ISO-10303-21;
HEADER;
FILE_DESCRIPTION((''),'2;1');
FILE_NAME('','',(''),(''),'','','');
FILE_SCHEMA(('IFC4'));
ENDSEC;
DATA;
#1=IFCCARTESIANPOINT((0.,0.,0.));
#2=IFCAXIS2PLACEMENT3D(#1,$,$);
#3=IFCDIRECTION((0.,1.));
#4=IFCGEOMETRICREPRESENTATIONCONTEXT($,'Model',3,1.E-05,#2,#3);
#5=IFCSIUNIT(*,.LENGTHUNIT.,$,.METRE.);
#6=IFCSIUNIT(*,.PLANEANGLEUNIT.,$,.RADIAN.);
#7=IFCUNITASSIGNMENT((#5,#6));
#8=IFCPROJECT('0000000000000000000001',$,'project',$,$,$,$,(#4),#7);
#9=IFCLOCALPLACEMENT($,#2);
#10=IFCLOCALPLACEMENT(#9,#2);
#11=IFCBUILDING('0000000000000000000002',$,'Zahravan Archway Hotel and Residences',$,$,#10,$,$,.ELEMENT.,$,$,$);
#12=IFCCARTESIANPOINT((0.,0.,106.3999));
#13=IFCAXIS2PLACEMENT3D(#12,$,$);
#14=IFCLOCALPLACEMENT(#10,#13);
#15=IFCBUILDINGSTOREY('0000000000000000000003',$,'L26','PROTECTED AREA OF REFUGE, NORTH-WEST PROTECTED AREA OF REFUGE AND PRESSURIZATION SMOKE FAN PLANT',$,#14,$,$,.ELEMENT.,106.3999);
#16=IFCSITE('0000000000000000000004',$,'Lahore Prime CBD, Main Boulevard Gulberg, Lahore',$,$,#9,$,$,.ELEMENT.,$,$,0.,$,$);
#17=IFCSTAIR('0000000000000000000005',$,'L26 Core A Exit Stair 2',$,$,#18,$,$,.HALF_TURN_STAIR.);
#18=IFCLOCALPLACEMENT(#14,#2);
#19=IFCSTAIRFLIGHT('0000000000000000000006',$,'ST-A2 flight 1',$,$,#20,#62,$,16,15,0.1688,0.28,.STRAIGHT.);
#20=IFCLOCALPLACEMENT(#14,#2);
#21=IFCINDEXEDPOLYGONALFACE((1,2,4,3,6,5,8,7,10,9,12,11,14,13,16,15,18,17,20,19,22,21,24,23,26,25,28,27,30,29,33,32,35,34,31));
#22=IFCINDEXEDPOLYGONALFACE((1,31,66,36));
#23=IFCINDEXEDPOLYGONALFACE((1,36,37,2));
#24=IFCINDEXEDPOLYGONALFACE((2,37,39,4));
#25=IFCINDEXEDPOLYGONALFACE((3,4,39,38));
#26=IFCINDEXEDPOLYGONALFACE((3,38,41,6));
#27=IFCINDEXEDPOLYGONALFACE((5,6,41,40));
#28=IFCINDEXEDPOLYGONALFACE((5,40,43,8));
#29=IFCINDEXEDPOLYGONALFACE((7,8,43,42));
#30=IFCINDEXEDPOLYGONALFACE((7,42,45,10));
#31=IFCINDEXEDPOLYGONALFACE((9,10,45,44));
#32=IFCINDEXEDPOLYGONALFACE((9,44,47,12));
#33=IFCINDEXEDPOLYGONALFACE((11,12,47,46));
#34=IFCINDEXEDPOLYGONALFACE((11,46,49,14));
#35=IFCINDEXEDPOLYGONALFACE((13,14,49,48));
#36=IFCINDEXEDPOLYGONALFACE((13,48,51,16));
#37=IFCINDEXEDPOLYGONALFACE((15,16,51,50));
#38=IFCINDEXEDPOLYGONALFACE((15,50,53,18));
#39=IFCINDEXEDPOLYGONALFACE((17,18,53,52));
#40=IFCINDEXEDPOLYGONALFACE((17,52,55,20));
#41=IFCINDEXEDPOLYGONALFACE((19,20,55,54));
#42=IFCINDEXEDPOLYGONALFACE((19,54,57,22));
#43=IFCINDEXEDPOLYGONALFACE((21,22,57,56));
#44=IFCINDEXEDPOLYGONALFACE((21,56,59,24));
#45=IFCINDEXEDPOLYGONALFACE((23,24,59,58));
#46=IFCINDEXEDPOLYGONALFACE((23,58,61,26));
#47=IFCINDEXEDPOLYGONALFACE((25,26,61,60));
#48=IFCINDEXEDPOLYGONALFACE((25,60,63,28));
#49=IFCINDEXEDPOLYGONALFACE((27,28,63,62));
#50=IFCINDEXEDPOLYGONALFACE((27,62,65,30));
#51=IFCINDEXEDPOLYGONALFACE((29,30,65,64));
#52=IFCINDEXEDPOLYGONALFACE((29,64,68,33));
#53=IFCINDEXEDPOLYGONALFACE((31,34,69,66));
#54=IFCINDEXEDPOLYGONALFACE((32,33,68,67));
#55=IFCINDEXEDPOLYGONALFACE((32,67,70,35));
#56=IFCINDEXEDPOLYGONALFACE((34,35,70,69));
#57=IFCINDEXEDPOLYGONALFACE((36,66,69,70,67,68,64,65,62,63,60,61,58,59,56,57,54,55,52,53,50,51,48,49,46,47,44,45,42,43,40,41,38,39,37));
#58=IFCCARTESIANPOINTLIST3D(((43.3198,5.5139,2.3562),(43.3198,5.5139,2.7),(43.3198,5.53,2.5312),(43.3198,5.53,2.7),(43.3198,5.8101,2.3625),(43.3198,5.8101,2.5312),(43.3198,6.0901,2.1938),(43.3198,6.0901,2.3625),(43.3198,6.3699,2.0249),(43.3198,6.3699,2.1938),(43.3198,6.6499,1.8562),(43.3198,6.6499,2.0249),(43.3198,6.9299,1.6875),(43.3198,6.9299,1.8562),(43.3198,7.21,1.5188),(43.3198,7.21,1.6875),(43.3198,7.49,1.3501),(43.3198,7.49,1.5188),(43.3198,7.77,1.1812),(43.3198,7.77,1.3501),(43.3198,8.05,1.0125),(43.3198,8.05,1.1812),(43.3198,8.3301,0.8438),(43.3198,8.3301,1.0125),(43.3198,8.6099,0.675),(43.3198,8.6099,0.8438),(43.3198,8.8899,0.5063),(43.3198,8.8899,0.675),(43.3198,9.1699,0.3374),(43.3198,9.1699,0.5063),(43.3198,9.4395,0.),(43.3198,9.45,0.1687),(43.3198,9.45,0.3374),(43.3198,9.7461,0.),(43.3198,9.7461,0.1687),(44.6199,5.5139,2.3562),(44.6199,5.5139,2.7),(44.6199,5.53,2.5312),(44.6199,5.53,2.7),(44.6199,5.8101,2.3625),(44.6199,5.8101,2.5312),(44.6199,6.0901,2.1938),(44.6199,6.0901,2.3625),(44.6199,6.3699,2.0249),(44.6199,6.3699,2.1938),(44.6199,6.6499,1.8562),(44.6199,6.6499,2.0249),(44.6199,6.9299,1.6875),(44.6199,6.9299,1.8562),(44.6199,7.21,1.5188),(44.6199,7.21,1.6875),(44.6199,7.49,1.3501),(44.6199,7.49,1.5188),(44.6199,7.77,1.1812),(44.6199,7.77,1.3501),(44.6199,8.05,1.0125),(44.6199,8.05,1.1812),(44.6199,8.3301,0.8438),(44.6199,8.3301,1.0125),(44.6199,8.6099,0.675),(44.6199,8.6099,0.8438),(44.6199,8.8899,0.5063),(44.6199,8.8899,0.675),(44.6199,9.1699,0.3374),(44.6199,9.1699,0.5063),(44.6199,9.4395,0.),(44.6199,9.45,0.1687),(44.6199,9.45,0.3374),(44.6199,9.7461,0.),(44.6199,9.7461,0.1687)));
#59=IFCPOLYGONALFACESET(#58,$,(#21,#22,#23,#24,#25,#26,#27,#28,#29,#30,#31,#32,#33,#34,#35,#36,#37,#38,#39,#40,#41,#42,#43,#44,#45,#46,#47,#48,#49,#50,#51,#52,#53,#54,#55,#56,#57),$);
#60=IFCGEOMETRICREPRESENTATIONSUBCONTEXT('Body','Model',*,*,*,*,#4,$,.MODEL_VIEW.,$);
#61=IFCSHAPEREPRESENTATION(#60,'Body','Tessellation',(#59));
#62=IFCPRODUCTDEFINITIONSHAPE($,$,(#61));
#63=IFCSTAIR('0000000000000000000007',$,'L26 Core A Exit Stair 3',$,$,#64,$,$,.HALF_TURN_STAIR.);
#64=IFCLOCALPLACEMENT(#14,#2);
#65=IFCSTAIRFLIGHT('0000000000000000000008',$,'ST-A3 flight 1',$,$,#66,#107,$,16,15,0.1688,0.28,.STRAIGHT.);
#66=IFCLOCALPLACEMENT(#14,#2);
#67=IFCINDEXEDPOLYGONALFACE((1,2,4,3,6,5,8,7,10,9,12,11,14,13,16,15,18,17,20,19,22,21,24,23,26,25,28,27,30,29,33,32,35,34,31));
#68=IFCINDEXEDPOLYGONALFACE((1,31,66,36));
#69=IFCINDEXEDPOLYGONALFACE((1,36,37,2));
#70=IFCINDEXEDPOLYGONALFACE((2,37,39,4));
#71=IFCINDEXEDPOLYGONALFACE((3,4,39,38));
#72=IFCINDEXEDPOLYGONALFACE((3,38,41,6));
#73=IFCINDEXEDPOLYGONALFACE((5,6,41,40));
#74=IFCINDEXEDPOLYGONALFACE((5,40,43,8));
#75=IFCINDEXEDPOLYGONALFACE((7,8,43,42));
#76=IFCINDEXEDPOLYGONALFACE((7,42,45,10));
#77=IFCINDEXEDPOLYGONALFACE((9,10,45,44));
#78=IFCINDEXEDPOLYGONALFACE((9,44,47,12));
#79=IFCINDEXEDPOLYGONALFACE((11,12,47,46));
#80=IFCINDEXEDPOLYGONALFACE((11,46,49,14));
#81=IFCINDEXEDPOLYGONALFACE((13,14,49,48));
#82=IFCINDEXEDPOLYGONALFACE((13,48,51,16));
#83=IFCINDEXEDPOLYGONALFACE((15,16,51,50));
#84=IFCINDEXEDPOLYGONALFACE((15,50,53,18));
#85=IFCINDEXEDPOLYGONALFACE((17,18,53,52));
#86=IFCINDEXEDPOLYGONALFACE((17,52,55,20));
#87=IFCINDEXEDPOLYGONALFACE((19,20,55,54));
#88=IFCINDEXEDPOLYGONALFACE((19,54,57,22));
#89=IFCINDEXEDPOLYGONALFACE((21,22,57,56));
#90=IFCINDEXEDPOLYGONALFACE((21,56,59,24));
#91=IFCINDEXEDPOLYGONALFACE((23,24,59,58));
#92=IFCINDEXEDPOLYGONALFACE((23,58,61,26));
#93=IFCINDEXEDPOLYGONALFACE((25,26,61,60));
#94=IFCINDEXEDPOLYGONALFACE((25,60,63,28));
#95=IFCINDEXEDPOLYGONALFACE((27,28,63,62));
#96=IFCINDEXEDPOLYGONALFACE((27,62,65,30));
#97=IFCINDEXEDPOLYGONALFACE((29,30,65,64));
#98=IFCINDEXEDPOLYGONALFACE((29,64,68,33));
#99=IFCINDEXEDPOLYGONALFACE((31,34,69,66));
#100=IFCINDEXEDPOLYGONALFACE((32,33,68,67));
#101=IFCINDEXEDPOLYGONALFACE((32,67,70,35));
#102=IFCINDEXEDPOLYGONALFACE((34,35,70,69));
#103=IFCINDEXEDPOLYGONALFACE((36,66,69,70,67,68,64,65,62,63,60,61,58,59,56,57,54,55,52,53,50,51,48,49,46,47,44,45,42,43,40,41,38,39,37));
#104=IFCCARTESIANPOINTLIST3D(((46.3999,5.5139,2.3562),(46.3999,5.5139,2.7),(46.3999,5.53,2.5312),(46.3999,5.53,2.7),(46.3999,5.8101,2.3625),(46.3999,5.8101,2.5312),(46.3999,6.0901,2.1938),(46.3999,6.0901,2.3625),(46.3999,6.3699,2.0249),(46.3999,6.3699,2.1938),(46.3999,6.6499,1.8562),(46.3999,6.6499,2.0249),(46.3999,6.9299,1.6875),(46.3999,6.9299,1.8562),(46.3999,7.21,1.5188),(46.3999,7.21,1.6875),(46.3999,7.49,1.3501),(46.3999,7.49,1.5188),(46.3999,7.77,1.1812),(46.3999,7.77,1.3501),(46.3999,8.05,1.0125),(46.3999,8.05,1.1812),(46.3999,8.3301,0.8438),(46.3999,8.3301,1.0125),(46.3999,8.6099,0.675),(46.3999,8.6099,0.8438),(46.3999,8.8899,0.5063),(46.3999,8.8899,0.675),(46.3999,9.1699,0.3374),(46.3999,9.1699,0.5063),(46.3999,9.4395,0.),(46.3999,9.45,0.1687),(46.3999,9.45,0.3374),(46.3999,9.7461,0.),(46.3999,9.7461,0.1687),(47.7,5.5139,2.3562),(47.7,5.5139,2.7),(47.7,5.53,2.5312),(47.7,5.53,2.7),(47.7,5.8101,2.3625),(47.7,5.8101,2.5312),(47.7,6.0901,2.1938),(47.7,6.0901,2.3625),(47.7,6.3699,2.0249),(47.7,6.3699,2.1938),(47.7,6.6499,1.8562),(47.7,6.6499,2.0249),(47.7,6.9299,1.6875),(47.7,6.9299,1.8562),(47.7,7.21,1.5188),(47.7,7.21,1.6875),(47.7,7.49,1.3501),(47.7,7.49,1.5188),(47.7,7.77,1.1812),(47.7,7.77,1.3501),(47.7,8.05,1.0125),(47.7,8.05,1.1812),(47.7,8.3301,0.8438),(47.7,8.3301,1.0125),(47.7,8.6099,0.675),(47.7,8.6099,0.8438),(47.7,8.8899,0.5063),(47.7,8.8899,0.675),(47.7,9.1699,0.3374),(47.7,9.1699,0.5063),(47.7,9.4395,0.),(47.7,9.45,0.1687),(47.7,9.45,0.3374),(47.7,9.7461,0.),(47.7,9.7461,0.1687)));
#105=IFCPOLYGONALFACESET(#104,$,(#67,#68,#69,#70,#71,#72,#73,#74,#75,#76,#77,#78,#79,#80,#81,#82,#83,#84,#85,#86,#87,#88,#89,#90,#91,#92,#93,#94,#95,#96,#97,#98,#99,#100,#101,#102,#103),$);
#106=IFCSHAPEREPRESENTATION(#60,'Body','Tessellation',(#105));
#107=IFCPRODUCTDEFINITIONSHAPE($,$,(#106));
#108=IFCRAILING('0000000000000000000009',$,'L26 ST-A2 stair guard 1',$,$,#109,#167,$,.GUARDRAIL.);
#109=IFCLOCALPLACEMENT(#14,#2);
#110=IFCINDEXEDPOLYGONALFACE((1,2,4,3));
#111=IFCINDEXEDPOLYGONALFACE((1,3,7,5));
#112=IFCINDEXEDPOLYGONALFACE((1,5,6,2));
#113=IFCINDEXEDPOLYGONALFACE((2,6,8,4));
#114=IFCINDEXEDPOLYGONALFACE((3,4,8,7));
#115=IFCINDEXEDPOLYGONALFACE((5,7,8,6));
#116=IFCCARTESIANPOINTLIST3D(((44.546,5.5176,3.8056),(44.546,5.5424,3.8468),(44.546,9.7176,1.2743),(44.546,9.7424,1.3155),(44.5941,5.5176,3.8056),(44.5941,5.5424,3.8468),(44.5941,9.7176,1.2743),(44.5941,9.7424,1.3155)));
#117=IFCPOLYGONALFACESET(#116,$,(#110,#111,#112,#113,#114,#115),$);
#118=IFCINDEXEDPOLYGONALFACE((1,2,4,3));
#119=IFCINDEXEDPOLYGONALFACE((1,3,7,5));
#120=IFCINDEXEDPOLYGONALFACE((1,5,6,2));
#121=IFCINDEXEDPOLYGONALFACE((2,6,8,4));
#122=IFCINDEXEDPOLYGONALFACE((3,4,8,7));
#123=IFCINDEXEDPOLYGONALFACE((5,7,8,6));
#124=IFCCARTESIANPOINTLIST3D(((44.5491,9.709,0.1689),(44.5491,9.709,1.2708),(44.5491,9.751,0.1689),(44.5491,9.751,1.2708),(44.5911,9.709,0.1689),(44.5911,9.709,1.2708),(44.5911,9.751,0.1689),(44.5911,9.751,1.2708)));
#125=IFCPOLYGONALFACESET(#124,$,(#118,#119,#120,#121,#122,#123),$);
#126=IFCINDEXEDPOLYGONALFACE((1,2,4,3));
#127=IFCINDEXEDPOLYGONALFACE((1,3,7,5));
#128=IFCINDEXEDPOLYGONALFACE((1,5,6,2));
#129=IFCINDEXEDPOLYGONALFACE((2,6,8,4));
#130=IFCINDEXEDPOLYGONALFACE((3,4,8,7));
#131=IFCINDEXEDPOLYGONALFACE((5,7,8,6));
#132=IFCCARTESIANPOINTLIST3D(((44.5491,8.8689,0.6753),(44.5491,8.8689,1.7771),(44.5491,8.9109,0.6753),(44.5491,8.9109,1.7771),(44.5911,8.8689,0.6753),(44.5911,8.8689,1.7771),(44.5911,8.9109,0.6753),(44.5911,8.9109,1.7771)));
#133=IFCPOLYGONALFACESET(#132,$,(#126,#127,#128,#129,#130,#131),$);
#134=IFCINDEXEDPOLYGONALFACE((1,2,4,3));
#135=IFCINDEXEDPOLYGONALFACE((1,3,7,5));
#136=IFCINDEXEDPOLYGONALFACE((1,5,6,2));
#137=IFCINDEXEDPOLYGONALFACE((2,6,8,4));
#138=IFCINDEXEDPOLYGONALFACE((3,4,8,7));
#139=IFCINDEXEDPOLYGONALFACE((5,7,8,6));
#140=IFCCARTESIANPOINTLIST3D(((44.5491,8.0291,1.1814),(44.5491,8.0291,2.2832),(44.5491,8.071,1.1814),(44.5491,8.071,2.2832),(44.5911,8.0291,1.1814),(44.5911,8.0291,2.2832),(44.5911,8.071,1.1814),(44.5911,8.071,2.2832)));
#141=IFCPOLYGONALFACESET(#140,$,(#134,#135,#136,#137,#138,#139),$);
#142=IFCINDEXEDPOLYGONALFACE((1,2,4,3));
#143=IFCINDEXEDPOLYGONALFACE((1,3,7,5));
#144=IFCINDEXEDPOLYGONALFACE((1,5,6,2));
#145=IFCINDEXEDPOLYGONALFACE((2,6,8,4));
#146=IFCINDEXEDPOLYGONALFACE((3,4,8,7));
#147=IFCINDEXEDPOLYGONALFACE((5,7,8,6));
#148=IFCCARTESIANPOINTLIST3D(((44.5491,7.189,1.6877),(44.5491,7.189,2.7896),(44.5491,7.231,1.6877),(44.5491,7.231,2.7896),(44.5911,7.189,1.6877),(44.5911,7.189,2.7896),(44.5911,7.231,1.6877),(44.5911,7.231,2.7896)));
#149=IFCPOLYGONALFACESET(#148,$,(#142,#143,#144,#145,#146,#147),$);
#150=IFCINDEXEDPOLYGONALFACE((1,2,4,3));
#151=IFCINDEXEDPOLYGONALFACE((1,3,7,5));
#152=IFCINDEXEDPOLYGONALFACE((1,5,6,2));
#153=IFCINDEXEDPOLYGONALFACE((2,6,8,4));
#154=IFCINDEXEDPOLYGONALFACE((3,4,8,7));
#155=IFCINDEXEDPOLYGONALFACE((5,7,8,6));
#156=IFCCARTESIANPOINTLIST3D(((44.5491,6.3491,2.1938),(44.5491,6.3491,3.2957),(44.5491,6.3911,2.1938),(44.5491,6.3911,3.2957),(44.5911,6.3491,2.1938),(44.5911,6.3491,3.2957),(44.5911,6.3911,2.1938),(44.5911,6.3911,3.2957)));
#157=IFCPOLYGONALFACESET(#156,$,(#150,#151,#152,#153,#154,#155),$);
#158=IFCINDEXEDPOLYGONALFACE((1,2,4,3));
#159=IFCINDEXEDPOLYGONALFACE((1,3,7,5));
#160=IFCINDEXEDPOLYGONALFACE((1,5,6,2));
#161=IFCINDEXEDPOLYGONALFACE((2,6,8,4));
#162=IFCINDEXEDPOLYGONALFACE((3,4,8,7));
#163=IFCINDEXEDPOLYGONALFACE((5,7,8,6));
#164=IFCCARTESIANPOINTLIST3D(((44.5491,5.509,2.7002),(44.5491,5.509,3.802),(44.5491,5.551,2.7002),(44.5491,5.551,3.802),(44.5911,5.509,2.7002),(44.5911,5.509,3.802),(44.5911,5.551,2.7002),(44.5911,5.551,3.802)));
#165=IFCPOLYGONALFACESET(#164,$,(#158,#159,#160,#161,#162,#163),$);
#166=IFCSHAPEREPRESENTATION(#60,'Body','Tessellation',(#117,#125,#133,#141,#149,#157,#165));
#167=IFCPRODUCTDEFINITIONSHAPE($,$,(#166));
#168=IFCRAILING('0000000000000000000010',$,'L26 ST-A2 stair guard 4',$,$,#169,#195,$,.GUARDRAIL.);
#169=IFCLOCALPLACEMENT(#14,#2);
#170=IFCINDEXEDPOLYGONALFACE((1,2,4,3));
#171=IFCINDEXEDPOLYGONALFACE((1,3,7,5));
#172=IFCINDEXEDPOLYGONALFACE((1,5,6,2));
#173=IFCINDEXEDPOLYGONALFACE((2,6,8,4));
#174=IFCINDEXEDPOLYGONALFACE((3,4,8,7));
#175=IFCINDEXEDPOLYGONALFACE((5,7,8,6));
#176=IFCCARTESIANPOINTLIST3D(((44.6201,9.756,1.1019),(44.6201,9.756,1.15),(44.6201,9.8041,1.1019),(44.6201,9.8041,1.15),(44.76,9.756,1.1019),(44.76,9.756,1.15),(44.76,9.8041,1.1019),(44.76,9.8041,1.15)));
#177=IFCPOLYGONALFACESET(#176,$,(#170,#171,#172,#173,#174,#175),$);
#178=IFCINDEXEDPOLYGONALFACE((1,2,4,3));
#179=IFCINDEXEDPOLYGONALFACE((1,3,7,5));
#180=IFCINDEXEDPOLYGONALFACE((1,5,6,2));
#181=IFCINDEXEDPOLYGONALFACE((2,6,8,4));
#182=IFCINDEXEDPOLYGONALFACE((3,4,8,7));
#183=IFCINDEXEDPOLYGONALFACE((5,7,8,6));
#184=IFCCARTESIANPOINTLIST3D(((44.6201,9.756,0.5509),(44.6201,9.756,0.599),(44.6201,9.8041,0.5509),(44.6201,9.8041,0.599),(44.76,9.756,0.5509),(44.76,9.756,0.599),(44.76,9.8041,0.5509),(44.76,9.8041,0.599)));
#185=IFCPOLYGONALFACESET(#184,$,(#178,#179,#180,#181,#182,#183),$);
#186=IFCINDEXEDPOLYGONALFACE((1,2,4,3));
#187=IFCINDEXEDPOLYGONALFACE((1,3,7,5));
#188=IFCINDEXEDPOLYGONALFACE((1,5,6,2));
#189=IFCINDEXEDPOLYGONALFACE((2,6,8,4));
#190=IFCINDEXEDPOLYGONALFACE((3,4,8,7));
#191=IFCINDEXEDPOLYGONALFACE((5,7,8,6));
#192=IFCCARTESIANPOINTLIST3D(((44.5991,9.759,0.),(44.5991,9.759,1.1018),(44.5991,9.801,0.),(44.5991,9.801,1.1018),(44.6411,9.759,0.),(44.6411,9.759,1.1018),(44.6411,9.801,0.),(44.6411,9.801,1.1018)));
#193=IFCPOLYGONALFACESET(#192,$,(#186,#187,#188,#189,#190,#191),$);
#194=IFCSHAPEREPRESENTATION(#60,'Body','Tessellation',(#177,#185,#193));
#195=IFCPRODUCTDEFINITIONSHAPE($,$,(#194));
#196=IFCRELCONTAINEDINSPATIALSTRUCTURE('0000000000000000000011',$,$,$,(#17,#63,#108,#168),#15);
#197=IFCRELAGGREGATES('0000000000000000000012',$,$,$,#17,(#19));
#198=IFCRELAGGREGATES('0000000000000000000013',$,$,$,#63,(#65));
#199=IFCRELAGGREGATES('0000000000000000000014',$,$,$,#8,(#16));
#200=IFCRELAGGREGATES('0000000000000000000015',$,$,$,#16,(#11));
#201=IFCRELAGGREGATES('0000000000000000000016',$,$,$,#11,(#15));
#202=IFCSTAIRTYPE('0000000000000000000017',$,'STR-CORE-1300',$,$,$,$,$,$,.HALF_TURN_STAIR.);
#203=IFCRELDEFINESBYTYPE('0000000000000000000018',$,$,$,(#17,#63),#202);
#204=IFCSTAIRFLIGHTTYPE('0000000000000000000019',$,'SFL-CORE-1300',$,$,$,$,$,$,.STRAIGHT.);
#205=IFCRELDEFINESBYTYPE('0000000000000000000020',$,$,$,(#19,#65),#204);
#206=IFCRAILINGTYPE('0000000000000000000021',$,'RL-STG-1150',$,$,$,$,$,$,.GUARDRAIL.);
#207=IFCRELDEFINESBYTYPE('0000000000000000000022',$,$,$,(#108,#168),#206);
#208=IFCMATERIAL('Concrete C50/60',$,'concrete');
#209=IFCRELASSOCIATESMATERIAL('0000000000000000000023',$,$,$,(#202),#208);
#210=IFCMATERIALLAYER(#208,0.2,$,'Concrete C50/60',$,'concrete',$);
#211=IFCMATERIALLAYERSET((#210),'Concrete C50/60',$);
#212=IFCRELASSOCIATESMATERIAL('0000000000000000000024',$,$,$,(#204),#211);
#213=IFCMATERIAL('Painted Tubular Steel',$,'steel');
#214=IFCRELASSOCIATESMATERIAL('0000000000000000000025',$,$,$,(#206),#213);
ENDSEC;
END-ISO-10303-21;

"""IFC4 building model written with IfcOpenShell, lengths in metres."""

from ifc_helpers import new_model, si_unit, direction, frame, origin, origin_2d, place, context, subcontext, project, spatial, polyline, rectangle, outline, extrude, source, transform, mapped, material, layer, layer_set, type_object, element, aggregate, save


model = new_model("IFC4")

# Units and contexts
model_context = context("Model", 3, precision=1e-05, world=origin(), true_north=direction((0.0, 1.0)))
body_context = subcontext(model_context, "Body", "Model", "MODEL_VIEW")
ifc_project = project(units=[si_unit("LENGTHUNIT", "METRE"), si_unit("PLANEANGLEUNIT", "RADIAN")], contexts=[model_context])

# Site, building, storey
site_placement = place(None, origin())
site = spatial("IfcSite", under=ifc_project, at=site_placement, Name="Lahore Prime CBD, Main Boulevard Gulberg, Lahore", CompositionType="ELEMENT", RefElevation=0.0)
building_placement = place(site_placement, origin())
building = spatial("IfcBuilding", under=site, at=building_placement, Name="Zahravan Archway Hotel and Residences", CompositionType="ELEMENT")
storey_placement = place(building_placement, frame((0.0, 0.0, 106.3999)))
storey = spatial("IfcBuildingStorey", under=building, at=storey_placement, Name="L26", Description="PROTECTED AREA OF REFUGE, NORTH-WEST PROTECTED AREA OF REFUGE AND PRESSURIZATION SMOKE FAN PLANT", CompositionType="ELEMENT", Elevation=106.3999)

# Shared definitions
ifc_material_1 = material(Name="Concrete C50/60", Category="concrete")

# Stairs, stair flights
stair_type = type_object("IfcStairType", Name="STR-CORE-1300", PredefinedType="HALF_TURN_STAIR", material=ifc_material_1)
stair_1_placement = place(storey_placement, origin())
stair_1 = element("IfcStair", 1, at=stair_1_placement, inside=storey, type_object=stair_type, Name="L26 Core A Exit Stair 2", PredefinedType="HALF_TURN_STAIR")
ifc_layer_1 = layer(ifc_material_1, 0.2, Name="Concrete C50/60", Category="concrete")
ifc_layer_set_1 = layer_set([ifc_layer_1], Name="Concrete C50/60")
stair_flight_type = type_object("IfcStairFlightType", Name="SFL-CORE-1300", PredefinedType="STRAIGHT", material=ifc_layer_set_1)
shared_shape_1 = source(origin(), body_context, "Body", "SweptSolid", [
    extrude(outline(polyline([(-0.0161, 0.0), (-0.0161, 0.1687), (0.28, 0.1687), (0.28, 0.3374), (0.5601, 0.3374), (0.5601, 0.5063), (0.8401, 0.5063), (0.8401, 0.675), (1.1201, 0.675), (1.1201, 0.8438), (1.3999, 0.8438), (1.3999, 1.0125), (1.6799, 1.0125), (1.6799, 1.1812), (1.96, 1.1812), (1.96, 1.3501), (2.24, 1.3501), (2.24, 1.5188), (2.52, 1.5188), (2.52, 1.6875), (2.8, 1.6875), (2.8, 1.8562), (3.0801, 1.8562), (3.0801, 2.0249), (3.3601, 2.0249), (3.3601, 2.1938), (3.6399, 2.1938), (3.6399, 2.3625), (3.9199, 2.3625), (3.9199, 2.5312), (4.2, 2.5312), (4.2, 2.7), (4.2161, 2.7), (4.2161, 2.3562), (0.2905, 0.0), (-0.0161, 0.0)])), frame((0.0, 0.6499, 0.0), z_axis=(0.0, -1.0, 0.0), x_axis=(1.0, 0.0, 0.0)), (0.0, 0.0, 1.0), 1.3),
])
stair_flight_1_placement = place(storey_placement, frame((43.97, 9.73, 0.0), z_axis=(0.0, 0.0, 1.0), x_axis=(0.0, -1.0, 0.0)))
stair_flight_1 = element("IfcStairFlight", 2, at=stair_flight_1_placement, type_object=stair_flight_type, Name="ST-A2 flight 1", NumberOfRisers=16, NumberOfTreads=15, PredefinedType="STRAIGHT", RiserHeight=0.1688, TreadLength=0.28, context=body_context, shape_type="MappedRepresentation", body=[
    mapped(shared_shape_1, transform((0.0, 0.0, 0.0), scale=1.0)),
])
aggregate(stair_1, [stair_flight_1])
stair_2_placement = place(storey_placement, origin())
stair_2 = element("IfcStair", 3, at=stair_2_placement, inside=storey, type_object=stair_type, Name="L26 Core A Exit Stair 3", PredefinedType="HALF_TURN_STAIR")
stair_flight_2_placement = place(storey_placement, frame((47.05, 9.73, 0.0), z_axis=(0.0, 0.0, 1.0), x_axis=(0.0, -1.0, 0.0)))
stair_flight_2 = element("IfcStairFlight", 4, at=stair_flight_2_placement, type_object=stair_flight_type, Name="ST-A3 flight 1", NumberOfRisers=16, NumberOfTreads=15, PredefinedType="STRAIGHT", RiserHeight=0.1688, TreadLength=0.28, context=body_context, shape_type="MappedRepresentation", body=[
    mapped(shared_shape_1, transform((0.0, 0.0, 0.0), scale=1.0)),
])
aggregate(stair_2, [stair_flight_2])

# Railings
ifc_material_2 = material(Name="Painted Tubular Steel", Category="steel")
railing_type_1 = type_object("IfcRailingType", Name="RL-STG-1150", PredefinedType="GUARDRAIL", material=ifc_material_2)
railing_1_placement = place(storey_placement, frame((44.5701, 9.73, 0.1689)))
element("IfcRailing", 5, at=railing_1_placement, inside=storey, type_object=railing_type_1, Name="L26 ST-A2 stair guard 1", PredefinedType="GUARDRAIL", context=body_context, shape_type="SweptSolid", body=[
    extrude(rectangle(XDim=0.0481, YDim=0.0481, at=origin_2d()), frame((0.0, 0.0, 1.126), z_axis=(0.0, -0.856476, 0.516186), x_axis=(1.0, 0.0, 0.0)), (0.0, 0.0, 1.0), 4.9038),
    extrude(rectangle(XDim=0.042, YDim=0.042, at=origin_2d()), origin(), (0.0, 0.0, 1.0), 1.1018),
    extrude(rectangle(XDim=0.042, YDim=0.042, at=origin_2d()), frame((0.0, -0.8401, 0.5063)), (0.0, 0.0, 1.0), 1.1018),
    extrude(rectangle(XDim=0.042, YDim=0.042, at=origin_2d()), frame((0.0, -1.6799, 1.0125)), (0.0, 0.0, 1.0), 1.1018),
    extrude(rectangle(XDim=0.042, YDim=0.042, at=origin_2d()), frame((0.0, -2.52, 1.5188)), (0.0, 0.0, 1.0), 1.1018),
    extrude(rectangle(XDim=0.042, YDim=0.042, at=origin_2d()), frame((0.0, -3.3599, 2.0249)), (0.0, 0.0, 1.0), 1.1018),
    extrude(rectangle(XDim=0.042, YDim=0.042, at=origin_2d()), frame((0.0, -4.2, 2.5312)), (0.0, 0.0, 1.0), 1.1018),
])
railing_2_placement = place(storey_placement, frame((44.6201, 9.78, 0.0)))
element("IfcRailing", 6, at=railing_2_placement, inside=storey, type_object=railing_type_1, Name="L26 ST-A2 stair guard 4", PredefinedType="GUARDRAIL", context=body_context, shape_type="SweptSolid", body=[
    extrude(rectangle(XDim=0.0481, YDim=0.0481, at=origin_2d()), frame((0.0, 0.0, 1.126), z_axis=(1.0, 0.0, 0.0), x_axis=(0.0, 1.0, 0.0)), (0.0, 0.0, 1.0), 0.1399),
    extrude(rectangle(XDim=0.0481, YDim=0.0481, at=origin_2d()), frame((0.0, 0.0, 0.575), z_axis=(1.0, 0.0, 0.0), x_axis=(0.0, 1.0, 0.0)), (0.0, 0.0, 1.0), 0.1399),
    extrude(rectangle(XDim=0.042, YDim=0.042, at=origin_2d()), origin(), (0.0, 0.0, 1.0), 1.1018),
])

save(model, "model.ifc")
